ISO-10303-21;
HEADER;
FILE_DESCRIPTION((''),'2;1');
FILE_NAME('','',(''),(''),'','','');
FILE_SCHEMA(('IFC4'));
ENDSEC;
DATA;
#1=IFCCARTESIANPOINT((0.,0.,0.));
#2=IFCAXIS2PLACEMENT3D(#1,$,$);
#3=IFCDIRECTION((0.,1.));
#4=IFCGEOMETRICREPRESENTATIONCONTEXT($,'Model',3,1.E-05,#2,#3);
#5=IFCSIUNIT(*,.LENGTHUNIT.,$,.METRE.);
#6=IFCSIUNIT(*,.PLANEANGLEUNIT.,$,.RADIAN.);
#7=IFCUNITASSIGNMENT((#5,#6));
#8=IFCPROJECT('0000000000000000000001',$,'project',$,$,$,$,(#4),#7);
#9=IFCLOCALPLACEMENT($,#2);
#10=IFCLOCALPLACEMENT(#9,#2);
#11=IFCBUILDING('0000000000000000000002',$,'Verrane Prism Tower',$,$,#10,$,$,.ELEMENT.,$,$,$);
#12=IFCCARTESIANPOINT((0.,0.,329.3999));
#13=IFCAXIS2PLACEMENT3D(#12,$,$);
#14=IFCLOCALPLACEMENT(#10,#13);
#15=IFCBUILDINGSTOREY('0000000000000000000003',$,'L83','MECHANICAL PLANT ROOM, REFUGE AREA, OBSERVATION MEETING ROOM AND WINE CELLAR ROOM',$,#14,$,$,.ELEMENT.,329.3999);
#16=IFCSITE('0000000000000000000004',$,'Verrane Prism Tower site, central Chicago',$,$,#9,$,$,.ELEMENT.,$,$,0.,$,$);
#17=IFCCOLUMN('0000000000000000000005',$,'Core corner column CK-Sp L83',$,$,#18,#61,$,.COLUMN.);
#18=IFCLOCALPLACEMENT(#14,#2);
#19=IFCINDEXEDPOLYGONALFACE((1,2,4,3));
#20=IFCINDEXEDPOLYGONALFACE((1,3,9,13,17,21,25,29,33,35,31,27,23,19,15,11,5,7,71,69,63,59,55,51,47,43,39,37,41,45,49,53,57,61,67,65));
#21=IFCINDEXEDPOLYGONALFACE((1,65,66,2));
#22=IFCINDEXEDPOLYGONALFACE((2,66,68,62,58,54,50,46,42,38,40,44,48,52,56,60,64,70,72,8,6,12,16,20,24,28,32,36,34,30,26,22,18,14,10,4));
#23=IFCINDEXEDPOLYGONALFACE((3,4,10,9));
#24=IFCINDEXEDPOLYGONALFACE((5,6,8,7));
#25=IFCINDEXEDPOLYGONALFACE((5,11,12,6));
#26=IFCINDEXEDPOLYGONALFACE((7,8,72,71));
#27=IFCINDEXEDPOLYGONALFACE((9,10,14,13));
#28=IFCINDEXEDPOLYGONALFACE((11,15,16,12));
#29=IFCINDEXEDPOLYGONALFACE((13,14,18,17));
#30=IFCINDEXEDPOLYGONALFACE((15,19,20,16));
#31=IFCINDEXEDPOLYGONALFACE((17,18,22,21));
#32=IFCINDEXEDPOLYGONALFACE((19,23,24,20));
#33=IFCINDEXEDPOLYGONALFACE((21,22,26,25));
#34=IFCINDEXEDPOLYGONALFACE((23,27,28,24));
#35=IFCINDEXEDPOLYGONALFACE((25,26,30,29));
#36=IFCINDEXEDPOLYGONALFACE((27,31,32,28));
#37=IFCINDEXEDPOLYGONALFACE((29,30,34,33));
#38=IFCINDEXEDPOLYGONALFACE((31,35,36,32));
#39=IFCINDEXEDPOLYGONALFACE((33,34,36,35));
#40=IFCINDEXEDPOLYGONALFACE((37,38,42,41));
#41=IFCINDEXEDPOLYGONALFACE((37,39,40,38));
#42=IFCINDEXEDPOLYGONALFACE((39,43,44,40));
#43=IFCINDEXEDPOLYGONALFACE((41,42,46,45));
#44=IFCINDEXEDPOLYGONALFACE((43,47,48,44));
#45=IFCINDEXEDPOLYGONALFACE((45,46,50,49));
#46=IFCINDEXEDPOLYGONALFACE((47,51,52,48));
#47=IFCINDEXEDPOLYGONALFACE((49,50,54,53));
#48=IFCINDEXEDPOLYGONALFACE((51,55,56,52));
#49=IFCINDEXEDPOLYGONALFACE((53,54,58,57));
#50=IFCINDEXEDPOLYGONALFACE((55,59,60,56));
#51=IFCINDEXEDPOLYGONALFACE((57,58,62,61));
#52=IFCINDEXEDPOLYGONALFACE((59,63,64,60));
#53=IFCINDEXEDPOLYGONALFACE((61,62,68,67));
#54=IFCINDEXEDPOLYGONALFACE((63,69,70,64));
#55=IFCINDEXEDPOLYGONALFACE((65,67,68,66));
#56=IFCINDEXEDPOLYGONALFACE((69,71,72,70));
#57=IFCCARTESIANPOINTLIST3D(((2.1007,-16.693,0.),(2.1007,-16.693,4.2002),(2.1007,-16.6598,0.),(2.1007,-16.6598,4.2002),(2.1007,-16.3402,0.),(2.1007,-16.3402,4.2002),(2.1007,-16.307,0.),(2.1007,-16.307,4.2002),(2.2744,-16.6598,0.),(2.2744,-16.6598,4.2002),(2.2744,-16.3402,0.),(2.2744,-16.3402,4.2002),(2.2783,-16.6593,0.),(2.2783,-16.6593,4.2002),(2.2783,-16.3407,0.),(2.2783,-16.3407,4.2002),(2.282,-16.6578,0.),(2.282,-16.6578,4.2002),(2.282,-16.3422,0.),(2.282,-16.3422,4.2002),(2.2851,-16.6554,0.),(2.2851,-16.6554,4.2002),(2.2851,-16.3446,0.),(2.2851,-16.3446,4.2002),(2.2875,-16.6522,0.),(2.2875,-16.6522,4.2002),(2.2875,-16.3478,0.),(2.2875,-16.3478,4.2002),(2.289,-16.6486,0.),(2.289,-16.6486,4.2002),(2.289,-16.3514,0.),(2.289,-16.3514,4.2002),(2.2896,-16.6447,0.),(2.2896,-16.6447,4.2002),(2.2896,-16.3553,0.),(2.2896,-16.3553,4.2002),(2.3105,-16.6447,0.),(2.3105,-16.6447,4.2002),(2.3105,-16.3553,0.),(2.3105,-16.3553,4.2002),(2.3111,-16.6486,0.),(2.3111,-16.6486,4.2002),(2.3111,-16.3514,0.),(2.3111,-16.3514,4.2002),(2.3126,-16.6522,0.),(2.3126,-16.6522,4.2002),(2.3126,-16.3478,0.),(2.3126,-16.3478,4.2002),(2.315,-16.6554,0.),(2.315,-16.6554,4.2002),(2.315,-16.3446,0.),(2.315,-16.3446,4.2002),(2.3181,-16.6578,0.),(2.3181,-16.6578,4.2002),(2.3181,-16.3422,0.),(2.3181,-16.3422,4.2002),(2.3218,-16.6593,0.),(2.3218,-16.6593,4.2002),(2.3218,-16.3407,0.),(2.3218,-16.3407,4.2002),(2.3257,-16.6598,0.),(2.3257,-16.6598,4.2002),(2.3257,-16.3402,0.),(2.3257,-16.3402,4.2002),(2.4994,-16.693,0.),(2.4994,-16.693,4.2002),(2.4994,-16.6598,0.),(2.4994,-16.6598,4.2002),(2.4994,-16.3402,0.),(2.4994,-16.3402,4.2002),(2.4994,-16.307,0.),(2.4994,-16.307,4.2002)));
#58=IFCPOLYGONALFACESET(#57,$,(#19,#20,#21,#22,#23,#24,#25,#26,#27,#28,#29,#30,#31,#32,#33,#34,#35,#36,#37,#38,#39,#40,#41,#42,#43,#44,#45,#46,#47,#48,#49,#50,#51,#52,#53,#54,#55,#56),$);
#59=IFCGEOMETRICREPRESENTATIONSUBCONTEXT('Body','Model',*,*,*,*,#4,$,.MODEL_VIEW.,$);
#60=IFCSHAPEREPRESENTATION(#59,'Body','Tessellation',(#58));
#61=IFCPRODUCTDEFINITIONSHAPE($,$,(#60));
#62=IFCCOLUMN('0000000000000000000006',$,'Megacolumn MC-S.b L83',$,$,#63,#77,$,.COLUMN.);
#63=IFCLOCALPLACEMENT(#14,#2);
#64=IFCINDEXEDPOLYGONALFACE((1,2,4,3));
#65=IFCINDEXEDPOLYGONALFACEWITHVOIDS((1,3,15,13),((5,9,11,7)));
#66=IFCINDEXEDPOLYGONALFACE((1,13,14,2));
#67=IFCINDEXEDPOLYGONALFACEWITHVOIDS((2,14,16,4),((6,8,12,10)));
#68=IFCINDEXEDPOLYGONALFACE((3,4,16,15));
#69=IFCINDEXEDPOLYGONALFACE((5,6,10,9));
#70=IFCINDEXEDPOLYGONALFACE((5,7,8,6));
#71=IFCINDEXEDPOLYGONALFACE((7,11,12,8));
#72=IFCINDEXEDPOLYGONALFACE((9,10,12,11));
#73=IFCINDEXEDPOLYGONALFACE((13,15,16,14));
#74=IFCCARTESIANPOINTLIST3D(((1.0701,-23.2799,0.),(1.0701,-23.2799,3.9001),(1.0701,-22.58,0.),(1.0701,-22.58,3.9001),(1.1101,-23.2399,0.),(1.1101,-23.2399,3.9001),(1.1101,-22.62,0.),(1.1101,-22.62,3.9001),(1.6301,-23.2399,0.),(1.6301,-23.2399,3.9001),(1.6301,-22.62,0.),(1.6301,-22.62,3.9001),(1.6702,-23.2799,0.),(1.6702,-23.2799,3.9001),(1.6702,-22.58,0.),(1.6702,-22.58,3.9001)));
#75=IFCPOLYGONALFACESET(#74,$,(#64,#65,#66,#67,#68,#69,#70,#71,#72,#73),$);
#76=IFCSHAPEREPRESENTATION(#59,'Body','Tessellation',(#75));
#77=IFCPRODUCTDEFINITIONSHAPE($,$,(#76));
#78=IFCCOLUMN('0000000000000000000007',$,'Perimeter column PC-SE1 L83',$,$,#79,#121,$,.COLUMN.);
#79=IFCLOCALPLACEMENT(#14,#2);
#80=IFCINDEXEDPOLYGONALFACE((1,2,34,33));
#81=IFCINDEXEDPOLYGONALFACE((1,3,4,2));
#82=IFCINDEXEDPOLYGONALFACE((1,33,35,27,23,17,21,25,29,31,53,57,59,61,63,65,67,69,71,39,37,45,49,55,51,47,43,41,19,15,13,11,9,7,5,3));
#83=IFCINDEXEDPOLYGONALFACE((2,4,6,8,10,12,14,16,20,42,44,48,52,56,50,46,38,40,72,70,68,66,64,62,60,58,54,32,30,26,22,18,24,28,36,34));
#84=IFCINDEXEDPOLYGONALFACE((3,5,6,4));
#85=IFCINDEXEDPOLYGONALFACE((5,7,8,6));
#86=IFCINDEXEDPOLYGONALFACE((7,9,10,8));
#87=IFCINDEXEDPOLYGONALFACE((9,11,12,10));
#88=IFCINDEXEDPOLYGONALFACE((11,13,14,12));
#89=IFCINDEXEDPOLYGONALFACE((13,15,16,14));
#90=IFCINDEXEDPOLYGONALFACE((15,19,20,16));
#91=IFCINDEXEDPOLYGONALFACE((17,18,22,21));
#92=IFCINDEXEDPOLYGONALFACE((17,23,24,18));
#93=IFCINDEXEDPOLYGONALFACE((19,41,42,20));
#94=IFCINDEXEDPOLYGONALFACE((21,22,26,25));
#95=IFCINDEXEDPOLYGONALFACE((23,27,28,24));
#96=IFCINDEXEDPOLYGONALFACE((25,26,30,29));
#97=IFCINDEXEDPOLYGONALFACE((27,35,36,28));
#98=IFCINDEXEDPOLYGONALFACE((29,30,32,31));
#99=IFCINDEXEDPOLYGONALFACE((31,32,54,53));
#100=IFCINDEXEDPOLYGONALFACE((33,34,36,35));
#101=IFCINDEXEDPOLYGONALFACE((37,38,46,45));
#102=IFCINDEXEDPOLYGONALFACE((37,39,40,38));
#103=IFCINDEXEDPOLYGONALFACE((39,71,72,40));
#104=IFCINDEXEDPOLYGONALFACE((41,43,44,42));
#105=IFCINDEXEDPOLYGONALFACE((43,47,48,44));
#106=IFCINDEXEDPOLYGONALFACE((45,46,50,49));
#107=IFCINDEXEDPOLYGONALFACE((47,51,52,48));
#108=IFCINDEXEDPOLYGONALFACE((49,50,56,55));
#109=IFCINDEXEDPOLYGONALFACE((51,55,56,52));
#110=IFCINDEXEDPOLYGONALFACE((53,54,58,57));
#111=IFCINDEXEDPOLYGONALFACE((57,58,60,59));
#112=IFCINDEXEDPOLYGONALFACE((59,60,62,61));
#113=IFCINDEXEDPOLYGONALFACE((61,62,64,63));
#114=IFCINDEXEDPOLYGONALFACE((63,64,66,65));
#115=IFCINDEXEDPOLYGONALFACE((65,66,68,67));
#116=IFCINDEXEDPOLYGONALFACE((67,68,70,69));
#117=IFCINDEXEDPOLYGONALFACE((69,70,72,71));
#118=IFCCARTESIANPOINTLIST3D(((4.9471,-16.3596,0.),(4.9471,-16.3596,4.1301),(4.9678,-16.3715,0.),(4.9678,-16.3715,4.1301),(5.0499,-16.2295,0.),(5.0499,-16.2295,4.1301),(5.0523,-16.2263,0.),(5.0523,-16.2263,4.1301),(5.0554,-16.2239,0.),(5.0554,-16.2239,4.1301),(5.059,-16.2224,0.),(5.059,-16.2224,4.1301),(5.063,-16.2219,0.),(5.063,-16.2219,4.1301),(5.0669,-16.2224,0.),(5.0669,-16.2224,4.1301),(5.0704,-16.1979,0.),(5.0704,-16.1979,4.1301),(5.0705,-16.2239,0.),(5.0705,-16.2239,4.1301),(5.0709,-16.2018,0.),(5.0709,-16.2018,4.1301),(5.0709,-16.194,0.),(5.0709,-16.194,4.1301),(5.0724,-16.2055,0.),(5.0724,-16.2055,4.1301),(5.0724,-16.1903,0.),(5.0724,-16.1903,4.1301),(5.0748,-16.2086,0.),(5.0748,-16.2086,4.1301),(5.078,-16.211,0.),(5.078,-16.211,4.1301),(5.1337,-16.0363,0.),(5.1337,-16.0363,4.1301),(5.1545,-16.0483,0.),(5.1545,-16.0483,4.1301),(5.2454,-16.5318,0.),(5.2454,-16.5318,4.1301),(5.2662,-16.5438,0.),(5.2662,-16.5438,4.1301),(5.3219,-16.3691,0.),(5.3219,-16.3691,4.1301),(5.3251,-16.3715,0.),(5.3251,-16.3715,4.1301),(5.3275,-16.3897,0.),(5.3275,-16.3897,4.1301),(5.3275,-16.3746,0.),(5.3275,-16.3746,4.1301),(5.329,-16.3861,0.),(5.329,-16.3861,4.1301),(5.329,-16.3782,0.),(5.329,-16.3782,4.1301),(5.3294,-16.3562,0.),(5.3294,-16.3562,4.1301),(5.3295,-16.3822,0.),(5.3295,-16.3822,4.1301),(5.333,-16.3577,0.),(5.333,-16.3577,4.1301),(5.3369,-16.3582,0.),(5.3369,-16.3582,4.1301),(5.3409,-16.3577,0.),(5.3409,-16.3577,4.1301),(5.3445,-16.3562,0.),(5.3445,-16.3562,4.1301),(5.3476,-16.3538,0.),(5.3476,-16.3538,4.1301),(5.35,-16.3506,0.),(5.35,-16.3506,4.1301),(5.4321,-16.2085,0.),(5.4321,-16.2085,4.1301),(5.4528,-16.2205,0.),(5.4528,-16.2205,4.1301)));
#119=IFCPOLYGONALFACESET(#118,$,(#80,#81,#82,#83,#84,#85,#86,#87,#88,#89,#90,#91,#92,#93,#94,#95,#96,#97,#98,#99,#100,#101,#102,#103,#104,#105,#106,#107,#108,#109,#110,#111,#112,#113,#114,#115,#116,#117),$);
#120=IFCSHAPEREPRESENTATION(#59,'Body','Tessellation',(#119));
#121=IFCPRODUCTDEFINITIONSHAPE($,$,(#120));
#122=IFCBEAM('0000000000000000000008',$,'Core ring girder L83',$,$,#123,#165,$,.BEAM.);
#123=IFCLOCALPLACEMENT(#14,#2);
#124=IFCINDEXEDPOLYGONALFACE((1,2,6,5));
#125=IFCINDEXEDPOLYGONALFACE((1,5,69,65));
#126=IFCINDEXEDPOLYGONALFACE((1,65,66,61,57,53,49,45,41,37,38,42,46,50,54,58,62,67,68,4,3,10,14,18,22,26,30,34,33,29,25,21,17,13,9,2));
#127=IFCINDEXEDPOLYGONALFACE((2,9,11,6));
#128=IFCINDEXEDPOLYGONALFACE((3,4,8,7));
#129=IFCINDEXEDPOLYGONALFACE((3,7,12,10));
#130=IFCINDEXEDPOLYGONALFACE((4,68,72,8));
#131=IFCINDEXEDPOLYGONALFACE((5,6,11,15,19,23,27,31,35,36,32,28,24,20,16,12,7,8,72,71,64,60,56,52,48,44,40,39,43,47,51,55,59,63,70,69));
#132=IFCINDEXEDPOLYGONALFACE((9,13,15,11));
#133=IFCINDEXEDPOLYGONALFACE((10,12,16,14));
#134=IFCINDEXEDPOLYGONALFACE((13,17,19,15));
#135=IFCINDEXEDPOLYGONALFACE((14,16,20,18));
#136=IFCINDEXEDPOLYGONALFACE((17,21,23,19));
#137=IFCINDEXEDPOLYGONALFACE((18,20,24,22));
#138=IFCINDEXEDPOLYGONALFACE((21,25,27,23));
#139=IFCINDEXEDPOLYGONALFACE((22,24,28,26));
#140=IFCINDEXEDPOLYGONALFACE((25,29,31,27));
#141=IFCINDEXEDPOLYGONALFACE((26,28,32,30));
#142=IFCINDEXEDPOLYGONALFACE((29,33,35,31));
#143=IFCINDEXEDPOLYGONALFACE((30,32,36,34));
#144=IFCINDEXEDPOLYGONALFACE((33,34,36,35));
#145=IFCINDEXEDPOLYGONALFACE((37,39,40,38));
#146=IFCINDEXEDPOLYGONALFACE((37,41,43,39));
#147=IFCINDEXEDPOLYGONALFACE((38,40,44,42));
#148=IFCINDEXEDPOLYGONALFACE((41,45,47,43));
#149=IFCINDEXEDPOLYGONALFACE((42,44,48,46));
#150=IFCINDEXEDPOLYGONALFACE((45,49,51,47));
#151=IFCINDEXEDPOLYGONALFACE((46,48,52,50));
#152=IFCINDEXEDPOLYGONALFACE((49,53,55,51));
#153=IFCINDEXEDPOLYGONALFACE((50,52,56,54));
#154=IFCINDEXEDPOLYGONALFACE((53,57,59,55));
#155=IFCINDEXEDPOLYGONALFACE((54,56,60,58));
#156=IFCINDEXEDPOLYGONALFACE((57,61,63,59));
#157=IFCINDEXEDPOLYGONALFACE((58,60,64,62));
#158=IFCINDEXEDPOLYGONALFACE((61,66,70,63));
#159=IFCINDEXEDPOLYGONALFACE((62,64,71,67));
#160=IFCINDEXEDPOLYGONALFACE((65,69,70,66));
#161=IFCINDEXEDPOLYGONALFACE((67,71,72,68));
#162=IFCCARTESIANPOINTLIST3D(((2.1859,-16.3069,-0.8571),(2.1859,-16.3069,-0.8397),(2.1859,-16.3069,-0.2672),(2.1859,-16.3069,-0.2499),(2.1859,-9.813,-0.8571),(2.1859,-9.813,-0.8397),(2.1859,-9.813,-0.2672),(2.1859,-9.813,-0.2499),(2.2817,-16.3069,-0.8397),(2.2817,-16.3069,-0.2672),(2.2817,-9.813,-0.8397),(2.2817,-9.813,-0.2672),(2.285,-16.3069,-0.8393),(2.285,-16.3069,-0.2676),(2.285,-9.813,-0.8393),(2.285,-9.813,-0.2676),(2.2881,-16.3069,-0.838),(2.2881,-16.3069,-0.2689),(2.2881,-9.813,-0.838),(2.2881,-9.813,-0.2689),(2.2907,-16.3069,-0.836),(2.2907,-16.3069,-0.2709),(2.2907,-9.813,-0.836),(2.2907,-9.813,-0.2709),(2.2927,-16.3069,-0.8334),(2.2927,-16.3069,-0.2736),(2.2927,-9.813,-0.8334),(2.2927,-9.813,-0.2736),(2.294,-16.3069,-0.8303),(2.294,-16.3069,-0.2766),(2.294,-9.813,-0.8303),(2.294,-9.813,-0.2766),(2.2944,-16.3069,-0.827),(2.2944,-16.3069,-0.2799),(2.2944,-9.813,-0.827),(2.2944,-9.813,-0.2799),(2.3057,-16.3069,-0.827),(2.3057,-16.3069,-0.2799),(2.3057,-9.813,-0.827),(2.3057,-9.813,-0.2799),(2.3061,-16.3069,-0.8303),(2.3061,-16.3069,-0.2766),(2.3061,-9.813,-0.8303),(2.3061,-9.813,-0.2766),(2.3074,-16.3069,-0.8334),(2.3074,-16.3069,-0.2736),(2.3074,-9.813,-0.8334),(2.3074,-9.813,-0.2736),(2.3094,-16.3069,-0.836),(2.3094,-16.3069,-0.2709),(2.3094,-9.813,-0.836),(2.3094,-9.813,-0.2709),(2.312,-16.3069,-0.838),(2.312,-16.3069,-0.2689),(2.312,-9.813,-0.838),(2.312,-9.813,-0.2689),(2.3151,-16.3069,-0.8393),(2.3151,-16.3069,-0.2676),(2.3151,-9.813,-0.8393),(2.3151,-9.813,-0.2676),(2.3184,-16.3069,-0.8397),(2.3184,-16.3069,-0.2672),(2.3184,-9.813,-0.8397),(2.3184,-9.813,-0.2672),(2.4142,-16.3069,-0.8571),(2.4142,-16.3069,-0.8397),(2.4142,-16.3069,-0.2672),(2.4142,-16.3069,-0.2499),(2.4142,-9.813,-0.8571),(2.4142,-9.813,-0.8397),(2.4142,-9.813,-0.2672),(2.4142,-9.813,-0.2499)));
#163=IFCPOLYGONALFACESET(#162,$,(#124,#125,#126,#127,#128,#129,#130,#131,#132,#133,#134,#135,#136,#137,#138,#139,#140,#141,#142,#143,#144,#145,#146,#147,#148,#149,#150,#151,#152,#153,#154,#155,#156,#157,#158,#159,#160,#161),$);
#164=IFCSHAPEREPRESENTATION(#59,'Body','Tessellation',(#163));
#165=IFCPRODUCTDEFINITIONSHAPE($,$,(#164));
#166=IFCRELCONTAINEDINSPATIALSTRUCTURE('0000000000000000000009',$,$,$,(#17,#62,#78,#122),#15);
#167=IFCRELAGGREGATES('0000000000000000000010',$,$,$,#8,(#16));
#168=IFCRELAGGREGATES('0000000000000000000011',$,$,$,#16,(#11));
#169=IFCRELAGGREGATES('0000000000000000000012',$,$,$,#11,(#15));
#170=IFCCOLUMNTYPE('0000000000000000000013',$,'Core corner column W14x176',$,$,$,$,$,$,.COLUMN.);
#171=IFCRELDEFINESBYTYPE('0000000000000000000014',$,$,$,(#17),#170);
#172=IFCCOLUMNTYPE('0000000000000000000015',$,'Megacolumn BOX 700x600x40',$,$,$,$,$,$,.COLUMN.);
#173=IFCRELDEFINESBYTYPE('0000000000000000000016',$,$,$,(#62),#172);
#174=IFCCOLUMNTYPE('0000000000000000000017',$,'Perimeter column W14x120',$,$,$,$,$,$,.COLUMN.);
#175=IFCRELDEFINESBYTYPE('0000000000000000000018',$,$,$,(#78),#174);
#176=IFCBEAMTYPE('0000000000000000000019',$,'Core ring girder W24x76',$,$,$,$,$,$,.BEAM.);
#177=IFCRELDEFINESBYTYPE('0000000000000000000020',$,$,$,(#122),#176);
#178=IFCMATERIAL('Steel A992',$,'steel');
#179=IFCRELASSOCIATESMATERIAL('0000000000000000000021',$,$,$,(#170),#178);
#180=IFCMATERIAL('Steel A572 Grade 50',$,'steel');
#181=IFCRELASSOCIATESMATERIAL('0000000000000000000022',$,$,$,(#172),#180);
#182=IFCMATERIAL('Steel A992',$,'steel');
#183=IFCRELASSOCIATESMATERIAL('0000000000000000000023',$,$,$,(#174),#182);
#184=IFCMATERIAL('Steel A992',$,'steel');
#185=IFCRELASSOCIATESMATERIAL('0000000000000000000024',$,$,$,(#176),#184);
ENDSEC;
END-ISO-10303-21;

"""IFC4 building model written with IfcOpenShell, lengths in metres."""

from ifc_helpers import new_model, si_unit, direction, frame, origin, origin_2d, place, context, subcontext, project, spatial, hollow_rectangle, i_section, extrude, material, material_profile, profile_set, type_object, element, save


model = new_model("IFC4")

# Units and contexts
model_context = context("Model", 3, precision=1e-05, world=origin(), true_north=direction((0.0, 1.0)))
body_context = subcontext(model_context, "Body", "Model", "MODEL_VIEW")
ifc_project = project(units=[si_unit("LENGTHUNIT", "METRE"), si_unit("PLANEANGLEUNIT", "RADIAN")], contexts=[model_context])

# Site, building, storey
site_placement = place(None, origin())
site = spatial("IfcSite", under=ifc_project, at=site_placement, Name="Verrane Prism Tower site, central Chicago", CompositionType="ELEMENT", RefElevation=0.0)
building_placement = place(site_placement, origin())
building = spatial("IfcBuilding", under=site, at=building_placement, Name="Verrane Prism Tower", CompositionType="ELEMENT")
storey_placement = place(building_placement, frame((0.0, 0.0, 329.3999)))
storey = spatial("IfcBuildingStorey", under=building, at=storey_placement, Name="L83", Description="MECHANICAL PLANT ROOM, REFUGE AREA, OBSERVATION MEETING ROOM AND WINE CELLAR ROOM", CompositionType="ELEMENT", Elevation=329.3999)

# Columns
ifc_material_1 = material(Name="Steel A992", Category="steel")
ifc_material_profile_1 = material_profile(ifc_material_1, i_section(OverallWidth=0.3987, OverallDepth=0.386, WebThickness=0.021, FlangeThickness=0.0332, FilletRadius=0.0151, at=origin_2d()), Name="W14x176")
ifc_profile_set_1 = profile_set([ifc_material_profile_1], Name="Steel A992")
column_type_1 = type_object("IfcColumnType", Name="Core corner column W14x176", PredefinedType="COLUMN", material=ifc_profile_set_1)
column_1_placement = place(storey_placement, frame((2.3, -16.5, 0.0), z_axis=(0.0, 0.0, 1.0), x_axis=(-1.0, 0.0, 0.0)))
element("IfcColumn", 1, at=column_1_placement, inside=storey, type_object=column_type_1, Name="Core corner column CK-Sp L83", PredefinedType="COLUMN", context=body_context, shape_type="SweptSolid", body=[
    extrude(i_section(OverallWidth=0.3987, OverallDepth=0.386, WebThickness=0.021, FlangeThickness=0.0332, FilletRadius=0.0151, at=origin_2d()), origin(), (0.0, 0.0, 1.0), 4.2002),
])
ifc_material_2 = material(Name="Steel A572 Grade 50", Category="steel")
ifc_material_profile_2 = material_profile(ifc_material_2, hollow_rectangle(XDim=0.6001, YDim=0.7, WallThickness=0.04, at=origin_2d()), Name="BOX 700x600x40")
ifc_profile_set_2 = profile_set([ifc_material_profile_2], Name="Steel A572 Grade 50")
column_type_2 = type_object("IfcColumnType", Name="Megacolumn BOX 700x600x40", PredefinedType="COLUMN", material=ifc_profile_set_2)
column_2_placement = place(storey_placement, frame((1.3701, -22.9299, 0.0), z_axis=(0.0, 0.0, 1.0), x_axis=(-1.0, 0.0, 0.0)))
element("IfcColumn", 2, at=column_2_placement, inside=storey, type_object=column_type_2, Name="Megacolumn MC-S.b L83", PredefinedType="COLUMN", context=body_context, shape_type="SweptSolid", body=[
    extrude(hollow_rectangle(XDim=0.6001, YDim=0.7, WallThickness=0.04, at=origin_2d()), origin(), (0.0, 0.0, 1.0), 3.9001),
])
ifc_material_3 = material(Name="Steel A992", Category="steel")
ifc_material_profile_3 = material_profile(ifc_material_3, i_section(OverallWidth=0.3733, OverallDepth=0.3684, WebThickness=0.0149, FlangeThickness=0.0239, FilletRadius=0.0151, at=origin_2d()), Name="W14x120")
ifc_profile_set_3 = profile_set([ifc_material_profile_3], Name="Steel A992")
column_type_3 = type_object("IfcColumnType", Name="Perimeter column W14x120", PredefinedType="COLUMN", material=ifc_profile_set_3)
column_3_placement = place(storey_placement, frame((5.2, -16.29, 0.0), z_axis=(0.0, 0.0, 1.0), x_axis=(-0.5, -0.866025, 0.0)))
element("IfcColumn", 3, at=column_3_placement, inside=storey, type_object=column_type_3, Name="Perimeter column PC-SE1 L83", PredefinedType="COLUMN", context=body_context, shape_type="SweptSolid", body=[
    extrude(i_section(OverallWidth=0.3733, OverallDepth=0.3684, WebThickness=0.0149, FlangeThickness=0.0239, FilletRadius=0.0151, at=origin_2d()), origin(), (0.0, 0.0, 1.0), 4.1301),
])

# Beam
ifc_material_4 = material(Name="Steel A992", Category="steel")
ifc_material_profile_4 = material_profile(ifc_material_4, i_section(OverallWidth=0.2283, OverallDepth=0.6072, WebThickness=0.0112, FlangeThickness=0.0173, FilletRadius=0.0127, at=origin_2d()), Name="W24x76")
ifc_profile_set_4 = profile_set([ifc_material_profile_4], Name="Steel A992")
beam_type_1 = type_object("IfcBeamType", Name="Core ring girder W24x76", PredefinedType="BEAM", material=ifc_profile_set_4)
beam_1_placement = place(storey_placement, frame((2.3, -16.3069, -0.5535), z_axis=(0.0, 1.0, 0.0), x_axis=(-1.0, 0.0, 0.0)))
element("IfcBeam", 4, at=beam_1_placement, inside=storey, type_object=beam_type_1, Name="Core ring girder L83", PredefinedType="BEAM", context=body_context, shape_type="SweptSolid", body=[
    extrude(i_section(OverallWidth=0.2283, OverallDepth=0.6072, WebThickness=0.0112, FlangeThickness=0.0173, FilletRadius=0.0127, at=origin_2d()), origin(), (0.0, 0.0, 1.0), 6.4939),
])

save(model, "model.ifc")
